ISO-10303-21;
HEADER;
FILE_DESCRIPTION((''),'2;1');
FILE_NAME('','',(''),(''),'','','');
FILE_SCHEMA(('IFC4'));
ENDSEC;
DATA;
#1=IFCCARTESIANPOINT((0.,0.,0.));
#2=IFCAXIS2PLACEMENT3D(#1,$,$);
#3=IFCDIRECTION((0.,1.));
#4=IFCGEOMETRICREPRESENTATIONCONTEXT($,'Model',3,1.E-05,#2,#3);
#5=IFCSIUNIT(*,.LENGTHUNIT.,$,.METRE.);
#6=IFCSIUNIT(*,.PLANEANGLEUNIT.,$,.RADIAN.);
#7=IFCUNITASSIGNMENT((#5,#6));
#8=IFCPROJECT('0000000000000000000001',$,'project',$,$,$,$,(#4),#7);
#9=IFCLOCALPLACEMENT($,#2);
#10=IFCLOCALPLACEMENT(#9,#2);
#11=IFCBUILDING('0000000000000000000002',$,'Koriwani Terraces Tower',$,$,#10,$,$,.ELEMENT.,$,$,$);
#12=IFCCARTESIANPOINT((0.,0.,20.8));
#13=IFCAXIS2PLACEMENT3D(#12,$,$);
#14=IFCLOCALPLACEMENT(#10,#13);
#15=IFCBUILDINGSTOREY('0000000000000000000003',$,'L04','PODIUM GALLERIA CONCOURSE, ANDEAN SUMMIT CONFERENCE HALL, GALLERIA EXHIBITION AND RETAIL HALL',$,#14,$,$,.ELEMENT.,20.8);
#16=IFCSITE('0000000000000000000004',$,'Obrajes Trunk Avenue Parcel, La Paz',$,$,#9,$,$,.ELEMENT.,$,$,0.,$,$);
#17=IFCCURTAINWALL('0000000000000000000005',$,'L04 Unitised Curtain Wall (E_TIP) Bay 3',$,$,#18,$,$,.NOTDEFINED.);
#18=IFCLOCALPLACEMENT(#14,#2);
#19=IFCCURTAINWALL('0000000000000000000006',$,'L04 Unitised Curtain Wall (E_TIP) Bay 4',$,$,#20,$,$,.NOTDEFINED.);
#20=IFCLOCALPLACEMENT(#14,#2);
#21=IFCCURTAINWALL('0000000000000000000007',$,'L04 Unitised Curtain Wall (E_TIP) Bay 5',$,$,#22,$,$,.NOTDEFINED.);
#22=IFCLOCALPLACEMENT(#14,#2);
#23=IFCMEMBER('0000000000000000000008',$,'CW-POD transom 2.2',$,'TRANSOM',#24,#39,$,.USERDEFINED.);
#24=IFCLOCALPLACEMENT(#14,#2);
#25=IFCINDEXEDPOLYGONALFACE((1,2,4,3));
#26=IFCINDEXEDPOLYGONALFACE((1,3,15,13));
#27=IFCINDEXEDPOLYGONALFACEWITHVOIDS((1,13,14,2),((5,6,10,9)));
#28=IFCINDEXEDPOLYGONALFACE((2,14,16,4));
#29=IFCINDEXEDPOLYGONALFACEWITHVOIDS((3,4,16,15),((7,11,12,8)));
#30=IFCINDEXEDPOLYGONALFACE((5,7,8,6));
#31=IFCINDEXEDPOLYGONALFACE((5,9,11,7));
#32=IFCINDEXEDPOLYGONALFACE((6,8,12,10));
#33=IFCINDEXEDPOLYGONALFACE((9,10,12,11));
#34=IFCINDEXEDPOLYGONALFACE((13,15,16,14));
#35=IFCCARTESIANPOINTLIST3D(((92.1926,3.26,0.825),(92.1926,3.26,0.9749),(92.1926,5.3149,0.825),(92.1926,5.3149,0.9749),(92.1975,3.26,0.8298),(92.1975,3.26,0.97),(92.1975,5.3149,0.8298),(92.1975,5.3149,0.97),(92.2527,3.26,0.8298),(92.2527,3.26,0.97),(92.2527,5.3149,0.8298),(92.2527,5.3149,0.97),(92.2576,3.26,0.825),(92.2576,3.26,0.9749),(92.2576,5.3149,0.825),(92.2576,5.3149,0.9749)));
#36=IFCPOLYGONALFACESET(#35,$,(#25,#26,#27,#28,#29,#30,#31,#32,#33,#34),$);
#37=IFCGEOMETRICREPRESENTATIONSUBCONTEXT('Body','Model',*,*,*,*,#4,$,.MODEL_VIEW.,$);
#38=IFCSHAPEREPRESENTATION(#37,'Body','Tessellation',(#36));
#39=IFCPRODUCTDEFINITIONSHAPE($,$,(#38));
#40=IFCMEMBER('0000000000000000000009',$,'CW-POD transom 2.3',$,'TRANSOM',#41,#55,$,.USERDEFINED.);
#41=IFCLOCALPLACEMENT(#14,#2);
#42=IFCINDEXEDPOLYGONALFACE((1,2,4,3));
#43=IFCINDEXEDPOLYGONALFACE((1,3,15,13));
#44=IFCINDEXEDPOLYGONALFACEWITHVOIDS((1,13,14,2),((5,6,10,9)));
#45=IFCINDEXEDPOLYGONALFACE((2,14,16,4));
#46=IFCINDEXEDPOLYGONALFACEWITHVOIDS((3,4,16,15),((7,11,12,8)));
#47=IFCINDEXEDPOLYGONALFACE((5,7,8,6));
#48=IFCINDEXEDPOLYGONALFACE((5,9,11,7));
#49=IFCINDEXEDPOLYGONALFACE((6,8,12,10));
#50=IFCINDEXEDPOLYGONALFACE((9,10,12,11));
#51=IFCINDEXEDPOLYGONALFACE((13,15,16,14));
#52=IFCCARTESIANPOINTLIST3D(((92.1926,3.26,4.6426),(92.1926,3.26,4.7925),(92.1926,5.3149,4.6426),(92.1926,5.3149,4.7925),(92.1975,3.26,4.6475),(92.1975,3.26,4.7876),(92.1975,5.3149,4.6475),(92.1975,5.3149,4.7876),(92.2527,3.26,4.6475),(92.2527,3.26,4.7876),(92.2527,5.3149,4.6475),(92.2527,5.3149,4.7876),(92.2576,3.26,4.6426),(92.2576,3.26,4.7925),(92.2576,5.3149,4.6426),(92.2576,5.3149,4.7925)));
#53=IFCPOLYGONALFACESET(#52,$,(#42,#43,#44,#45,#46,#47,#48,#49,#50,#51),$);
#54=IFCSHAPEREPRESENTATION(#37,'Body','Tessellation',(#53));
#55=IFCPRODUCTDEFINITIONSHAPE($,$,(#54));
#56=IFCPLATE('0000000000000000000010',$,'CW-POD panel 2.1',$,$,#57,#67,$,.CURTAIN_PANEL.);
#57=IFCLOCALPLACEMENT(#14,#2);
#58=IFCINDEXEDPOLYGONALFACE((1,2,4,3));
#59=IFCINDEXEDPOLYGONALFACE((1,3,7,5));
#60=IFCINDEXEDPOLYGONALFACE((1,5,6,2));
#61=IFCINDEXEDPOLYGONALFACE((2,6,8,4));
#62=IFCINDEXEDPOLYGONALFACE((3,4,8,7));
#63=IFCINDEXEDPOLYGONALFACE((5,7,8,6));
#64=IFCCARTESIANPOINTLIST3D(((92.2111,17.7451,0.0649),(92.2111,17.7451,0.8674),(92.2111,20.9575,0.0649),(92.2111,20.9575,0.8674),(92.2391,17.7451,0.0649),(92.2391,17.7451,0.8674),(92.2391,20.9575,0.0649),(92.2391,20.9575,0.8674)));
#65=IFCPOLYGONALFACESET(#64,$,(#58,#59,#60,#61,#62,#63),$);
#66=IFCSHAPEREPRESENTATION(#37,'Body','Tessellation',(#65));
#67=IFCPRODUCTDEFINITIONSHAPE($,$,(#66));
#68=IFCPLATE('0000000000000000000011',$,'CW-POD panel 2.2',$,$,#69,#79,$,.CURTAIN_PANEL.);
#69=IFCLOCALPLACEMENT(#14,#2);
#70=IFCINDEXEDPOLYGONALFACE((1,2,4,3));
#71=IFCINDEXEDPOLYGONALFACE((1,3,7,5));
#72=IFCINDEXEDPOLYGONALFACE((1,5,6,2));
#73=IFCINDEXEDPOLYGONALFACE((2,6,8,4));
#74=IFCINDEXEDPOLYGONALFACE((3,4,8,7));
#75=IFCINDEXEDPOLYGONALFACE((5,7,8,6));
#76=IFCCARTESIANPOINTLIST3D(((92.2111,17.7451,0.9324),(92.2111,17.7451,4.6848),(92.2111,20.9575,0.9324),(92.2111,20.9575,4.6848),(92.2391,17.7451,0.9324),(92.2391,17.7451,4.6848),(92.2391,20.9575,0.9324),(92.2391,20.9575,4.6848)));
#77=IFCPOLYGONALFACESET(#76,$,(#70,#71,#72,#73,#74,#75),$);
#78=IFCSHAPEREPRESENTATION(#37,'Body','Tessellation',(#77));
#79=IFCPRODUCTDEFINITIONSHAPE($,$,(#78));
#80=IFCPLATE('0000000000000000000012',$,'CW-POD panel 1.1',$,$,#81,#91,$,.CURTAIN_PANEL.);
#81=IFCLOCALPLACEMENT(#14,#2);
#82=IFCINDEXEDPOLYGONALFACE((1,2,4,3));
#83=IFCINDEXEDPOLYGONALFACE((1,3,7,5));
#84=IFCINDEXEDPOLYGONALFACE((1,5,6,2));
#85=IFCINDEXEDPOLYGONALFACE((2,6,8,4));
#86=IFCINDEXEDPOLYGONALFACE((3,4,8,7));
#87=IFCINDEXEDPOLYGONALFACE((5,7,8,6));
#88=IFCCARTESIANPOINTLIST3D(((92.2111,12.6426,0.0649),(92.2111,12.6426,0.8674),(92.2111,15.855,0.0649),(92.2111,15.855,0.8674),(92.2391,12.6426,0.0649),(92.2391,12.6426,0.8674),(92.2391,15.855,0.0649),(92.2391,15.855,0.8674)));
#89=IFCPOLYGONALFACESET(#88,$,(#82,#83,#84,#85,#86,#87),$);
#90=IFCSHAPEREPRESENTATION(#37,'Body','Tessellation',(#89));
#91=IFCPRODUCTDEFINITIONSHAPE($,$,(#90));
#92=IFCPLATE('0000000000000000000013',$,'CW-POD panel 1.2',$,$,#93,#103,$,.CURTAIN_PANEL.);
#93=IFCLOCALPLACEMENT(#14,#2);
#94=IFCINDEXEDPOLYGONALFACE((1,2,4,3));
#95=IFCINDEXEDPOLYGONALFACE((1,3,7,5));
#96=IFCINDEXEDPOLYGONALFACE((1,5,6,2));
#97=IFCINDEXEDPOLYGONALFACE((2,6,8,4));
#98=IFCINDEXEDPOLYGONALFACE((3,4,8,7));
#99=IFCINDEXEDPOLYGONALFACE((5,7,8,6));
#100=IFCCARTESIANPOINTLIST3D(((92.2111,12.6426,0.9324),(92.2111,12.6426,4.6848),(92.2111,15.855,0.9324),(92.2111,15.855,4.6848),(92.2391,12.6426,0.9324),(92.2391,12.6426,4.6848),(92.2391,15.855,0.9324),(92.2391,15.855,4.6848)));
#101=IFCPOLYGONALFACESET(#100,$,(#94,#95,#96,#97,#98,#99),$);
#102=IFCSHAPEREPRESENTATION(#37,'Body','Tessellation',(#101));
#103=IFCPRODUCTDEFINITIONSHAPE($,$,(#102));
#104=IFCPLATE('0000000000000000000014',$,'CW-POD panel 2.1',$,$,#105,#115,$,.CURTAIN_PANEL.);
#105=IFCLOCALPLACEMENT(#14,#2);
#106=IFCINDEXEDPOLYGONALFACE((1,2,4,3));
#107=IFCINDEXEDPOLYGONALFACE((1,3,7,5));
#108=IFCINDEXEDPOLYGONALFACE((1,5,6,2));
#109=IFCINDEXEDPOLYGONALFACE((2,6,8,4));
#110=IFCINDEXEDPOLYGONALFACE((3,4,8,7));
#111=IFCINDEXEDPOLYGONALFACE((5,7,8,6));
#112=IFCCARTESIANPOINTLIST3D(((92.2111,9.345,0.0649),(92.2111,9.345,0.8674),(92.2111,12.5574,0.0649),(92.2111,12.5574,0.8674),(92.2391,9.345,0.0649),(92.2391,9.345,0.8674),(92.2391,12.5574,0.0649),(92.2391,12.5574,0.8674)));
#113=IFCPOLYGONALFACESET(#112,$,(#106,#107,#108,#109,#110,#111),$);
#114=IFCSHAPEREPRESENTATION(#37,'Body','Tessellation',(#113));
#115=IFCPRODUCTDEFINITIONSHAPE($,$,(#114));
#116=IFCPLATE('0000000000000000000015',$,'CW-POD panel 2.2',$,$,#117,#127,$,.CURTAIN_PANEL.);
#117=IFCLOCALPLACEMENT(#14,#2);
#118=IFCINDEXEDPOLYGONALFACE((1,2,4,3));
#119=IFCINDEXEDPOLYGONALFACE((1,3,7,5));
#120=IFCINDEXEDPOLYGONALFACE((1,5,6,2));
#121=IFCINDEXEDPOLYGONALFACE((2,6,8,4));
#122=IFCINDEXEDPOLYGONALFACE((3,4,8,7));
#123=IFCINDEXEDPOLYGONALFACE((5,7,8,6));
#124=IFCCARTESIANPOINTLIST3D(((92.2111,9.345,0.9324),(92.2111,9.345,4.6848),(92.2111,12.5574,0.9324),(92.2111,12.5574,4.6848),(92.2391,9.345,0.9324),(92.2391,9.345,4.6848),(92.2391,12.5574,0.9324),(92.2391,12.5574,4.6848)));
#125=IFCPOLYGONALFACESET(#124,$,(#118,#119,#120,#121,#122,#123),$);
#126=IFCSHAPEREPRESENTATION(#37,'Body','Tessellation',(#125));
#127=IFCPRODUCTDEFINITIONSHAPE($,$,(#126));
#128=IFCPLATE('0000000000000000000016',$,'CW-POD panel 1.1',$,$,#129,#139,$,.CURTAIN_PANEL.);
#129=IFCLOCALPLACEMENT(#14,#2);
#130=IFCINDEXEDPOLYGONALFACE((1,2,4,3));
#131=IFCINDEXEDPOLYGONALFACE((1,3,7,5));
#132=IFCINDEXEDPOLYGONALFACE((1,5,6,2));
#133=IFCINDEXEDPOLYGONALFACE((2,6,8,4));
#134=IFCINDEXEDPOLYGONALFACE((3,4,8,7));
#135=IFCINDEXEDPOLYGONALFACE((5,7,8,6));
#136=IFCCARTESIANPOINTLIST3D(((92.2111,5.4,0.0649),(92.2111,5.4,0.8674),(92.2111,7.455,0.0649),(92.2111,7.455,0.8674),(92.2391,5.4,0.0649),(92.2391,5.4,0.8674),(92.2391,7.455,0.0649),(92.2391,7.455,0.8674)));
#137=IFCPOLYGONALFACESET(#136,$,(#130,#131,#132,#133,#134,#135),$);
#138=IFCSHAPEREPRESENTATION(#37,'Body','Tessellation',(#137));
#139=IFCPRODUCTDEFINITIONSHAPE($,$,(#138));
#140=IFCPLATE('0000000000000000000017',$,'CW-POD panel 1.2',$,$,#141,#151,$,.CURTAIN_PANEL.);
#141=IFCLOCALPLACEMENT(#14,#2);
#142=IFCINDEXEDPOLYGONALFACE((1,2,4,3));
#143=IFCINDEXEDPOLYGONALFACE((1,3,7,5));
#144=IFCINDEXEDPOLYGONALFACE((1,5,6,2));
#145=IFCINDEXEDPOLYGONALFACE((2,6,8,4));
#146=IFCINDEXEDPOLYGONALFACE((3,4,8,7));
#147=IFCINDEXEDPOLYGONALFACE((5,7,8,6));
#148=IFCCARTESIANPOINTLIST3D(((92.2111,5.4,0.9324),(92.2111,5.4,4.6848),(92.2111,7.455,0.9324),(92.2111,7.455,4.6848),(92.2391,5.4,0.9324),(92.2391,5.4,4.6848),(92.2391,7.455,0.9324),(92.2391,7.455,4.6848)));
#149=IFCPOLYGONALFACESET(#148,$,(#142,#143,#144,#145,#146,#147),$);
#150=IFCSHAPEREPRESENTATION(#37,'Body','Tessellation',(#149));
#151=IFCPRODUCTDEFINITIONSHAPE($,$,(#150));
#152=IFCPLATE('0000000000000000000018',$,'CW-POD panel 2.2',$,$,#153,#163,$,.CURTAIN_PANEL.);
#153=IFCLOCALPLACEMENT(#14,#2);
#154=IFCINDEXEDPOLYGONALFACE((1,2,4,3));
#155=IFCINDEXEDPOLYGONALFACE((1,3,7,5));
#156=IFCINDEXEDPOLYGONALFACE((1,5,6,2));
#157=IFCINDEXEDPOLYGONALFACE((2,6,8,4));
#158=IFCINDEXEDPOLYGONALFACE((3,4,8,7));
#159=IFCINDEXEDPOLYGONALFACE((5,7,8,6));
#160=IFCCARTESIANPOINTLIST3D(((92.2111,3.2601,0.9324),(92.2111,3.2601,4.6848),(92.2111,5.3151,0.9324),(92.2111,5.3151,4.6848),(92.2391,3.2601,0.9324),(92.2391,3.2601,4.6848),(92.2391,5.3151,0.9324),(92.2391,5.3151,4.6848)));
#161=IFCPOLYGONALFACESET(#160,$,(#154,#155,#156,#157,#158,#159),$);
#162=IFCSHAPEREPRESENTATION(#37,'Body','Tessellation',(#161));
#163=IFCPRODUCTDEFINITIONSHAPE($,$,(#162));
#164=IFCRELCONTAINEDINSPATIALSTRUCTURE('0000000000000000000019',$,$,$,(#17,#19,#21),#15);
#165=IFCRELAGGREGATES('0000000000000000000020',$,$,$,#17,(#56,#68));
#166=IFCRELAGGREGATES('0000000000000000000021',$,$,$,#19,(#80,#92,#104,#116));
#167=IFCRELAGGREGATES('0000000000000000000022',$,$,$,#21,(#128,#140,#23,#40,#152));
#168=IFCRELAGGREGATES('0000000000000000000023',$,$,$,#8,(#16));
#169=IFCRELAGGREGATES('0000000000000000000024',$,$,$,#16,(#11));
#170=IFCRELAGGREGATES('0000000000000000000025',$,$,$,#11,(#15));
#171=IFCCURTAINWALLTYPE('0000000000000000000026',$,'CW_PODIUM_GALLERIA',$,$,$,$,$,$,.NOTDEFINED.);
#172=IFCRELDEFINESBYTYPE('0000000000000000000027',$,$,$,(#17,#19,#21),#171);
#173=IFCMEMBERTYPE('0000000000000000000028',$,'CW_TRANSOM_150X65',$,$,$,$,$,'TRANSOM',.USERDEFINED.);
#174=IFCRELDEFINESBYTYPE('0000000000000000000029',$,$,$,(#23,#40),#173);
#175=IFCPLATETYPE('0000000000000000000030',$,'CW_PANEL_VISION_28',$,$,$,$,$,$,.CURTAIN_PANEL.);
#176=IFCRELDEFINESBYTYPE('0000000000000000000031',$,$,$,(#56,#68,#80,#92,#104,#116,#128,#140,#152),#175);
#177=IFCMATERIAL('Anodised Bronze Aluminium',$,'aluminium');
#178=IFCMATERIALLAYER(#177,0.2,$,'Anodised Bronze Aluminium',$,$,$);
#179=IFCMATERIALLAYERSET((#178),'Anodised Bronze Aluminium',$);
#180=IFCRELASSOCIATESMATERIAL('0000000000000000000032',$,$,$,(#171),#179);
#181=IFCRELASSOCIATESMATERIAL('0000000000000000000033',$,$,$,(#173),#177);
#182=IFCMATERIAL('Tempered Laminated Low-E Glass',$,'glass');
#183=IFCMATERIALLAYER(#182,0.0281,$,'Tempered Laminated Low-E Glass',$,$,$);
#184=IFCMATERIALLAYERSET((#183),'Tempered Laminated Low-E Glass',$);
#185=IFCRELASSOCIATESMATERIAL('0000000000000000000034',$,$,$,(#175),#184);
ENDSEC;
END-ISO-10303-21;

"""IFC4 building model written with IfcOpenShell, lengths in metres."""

from ifc_helpers import new_model, si_unit, direction, frame, origin, origin_2d, place, context, subcontext, project, spatial, rectangle, hollow_rectangle, extrude, material, layer, layer_set, material_profile, profile_set, type_object, element, aggregate, save


model = new_model("IFC4")

# Units and contexts
model_context = context("Model", 3, precision=1e-05, world=origin(), true_north=direction((0.0, 1.0)))
body_context = subcontext(model_context, "Body", "Model", "MODEL_VIEW")
ifc_project = project(units=[si_unit("LENGTHUNIT", "METRE"), si_unit("PLANEANGLEUNIT", "RADIAN")], contexts=[model_context])

# Site, building, storey
site_placement = place(None, origin())
site = spatial("IfcSite", under=ifc_project, at=site_placement, Name="Obrajes Trunk Avenue Parcel, La Paz", CompositionType="ELEMENT", RefElevation=0.0)
building_placement = place(site_placement, origin())
building = spatial("IfcBuilding", under=site, at=building_placement, Name="Koriwani Terraces Tower", CompositionType="ELEMENT")
storey_placement = place(building_placement, frame((0.0, 0.0, 20.8)))
storey = spatial("IfcBuildingStorey", under=building, at=storey_placement, Name="L04", Description="PODIUM GALLERIA CONCOURSE, ANDEAN SUMMIT CONFERENCE HALL, GALLERIA EXHIBITION AND RETAIL HALL", CompositionType="ELEMENT", Elevation=20.8)

# Curtain walls
ifc_material_1 = material(Name="Anodised Bronze Aluminium", Category="aluminium")
ifc_layer_1 = layer(ifc_material_1, 0.2, Name="Anodised Bronze Aluminium")
ifc_layer_set_1 = layer_set([ifc_layer_1], Name="Anodised Bronze Aluminium")
curtain_wall_type = type_object("IfcCurtainWallType", Name="CW_PODIUM_GALLERIA", PredefinedType="NOTDEFINED", material=ifc_layer_set_1)
curtain_wall_1_placement = place(storey_placement, origin())
curtain_wall_1 = element("IfcCurtainWall", 1, at=curtain_wall_1_placement, inside=storey, type_object=curtain_wall_type, Name="L04 Unitised Curtain Wall (E_TIP) Bay 3", PredefinedType="NOTDEFINED")
curtain_wall_2_placement = place(storey_placement, origin())
curtain_wall_2 = element("IfcCurtainWall", 2, at=curtain_wall_2_placement, inside=storey, type_object=curtain_wall_type, Name="L04 Unitised Curtain Wall (E_TIP) Bay 4", PredefinedType="NOTDEFINED")
curtain_wall_3_placement = place(storey_placement, origin())
curtain_wall_3 = element("IfcCurtainWall", 3, at=curtain_wall_3_placement, inside=storey, type_object=curtain_wall_type, Name="L04 Unitised Curtain Wall (E_TIP) Bay 5", PredefinedType="NOTDEFINED")

# Members
ifc_material_profile_1 = material_profile(ifc_material_1, hollow_rectangle(XDim=0.0649, YDim=0.1499, WallThickness=0.0049, at=origin_2d()), Name="Anodised Bronze Aluminium", Category="LoadBearing")
ifc_profile_set_1 = profile_set([ifc_material_profile_1], Name="Anodised Bronze Aluminium")
member_type_1 = type_object("IfcMemberType", Name="CW_TRANSOM_150X65", ElementType="TRANSOM", PredefinedType="USERDEFINED", material=ifc_profile_set_1)
member_1_placement = place(storey_placement, frame((92.2251, 5.3149, 0.8999), z_axis=(0.0, -1.0, 0.0), x_axis=(1.0, 0.0, 0.0)))
member_1 = element("IfcMember", 4, at=member_1_placement, type_object=member_type_1, Name="CW-POD transom 2.2", ObjectType="TRANSOM", PredefinedType="USERDEFINED", context=body_context, shape_type="SweptSolid", body=[
    extrude(hollow_rectangle(XDim=0.0649, YDim=0.1499, WallThickness=0.0049, at=origin_2d()), origin(), (0.0, 0.0, 1.0), 2.0549),
])
member_2_placement = place(storey_placement, frame((92.2251, 5.3149, 4.7175), z_axis=(0.0, -1.0, 0.0), x_axis=(1.0, 0.0, 0.0)))
member_2 = element("IfcMember", 5, at=member_2_placement, type_object=member_type_1, Name="CW-POD transom 2.3", ObjectType="TRANSOM", PredefinedType="USERDEFINED", context=body_context, shape_type="SweptSolid", body=[
    extrude(hollow_rectangle(XDim=0.0649, YDim=0.1499, WallThickness=0.0049, at=origin_2d()), origin(), (0.0, 0.0, 1.0), 2.0549),
])

# Plates
ifc_material_2 = material(Name="Tempered Laminated Low-E Glass", Category="glass")
ifc_layer_2 = layer(ifc_material_2, 0.0281, Name="Tempered Laminated Low-E Glass")
ifc_layer_set_2 = layer_set([ifc_layer_2], Name="Tempered Laminated Low-E Glass")
plate_type = type_object("IfcPlateType", Name="CW_PANEL_VISION_28", PredefinedType="CURTAIN_PANEL", material=ifc_layer_set_2)
plate_1_placement = place(storey_placement, frame((92.2251, 19.3513, 0.0649), z_axis=(0.0, 0.0, 1.0), x_axis=(0.0, -1.0, 0.0)))
plate_1 = element("IfcPlate", 6, at=plate_1_placement, type_object=plate_type, Name="CW-POD panel 2.1", PredefinedType="CURTAIN_PANEL", context=body_context, shape_type="SweptSolid", body=[
    extrude(rectangle(XDim=3.2124, YDim=0.0281, at=origin_2d()), origin(), (0.0, 0.0, 1.0), 0.8025),
])
plate_2_placement = place(storey_placement, frame((92.2251, 19.3513, 0.9324), z_axis=(0.0, 0.0, 1.0), x_axis=(0.0, -1.0, 0.0)))
plate_2 = element("IfcPlate", 7, at=plate_2_placement, type_object=plate_type, Name="CW-POD panel 2.2", PredefinedType="CURTAIN_PANEL", context=body_context, shape_type="SweptSolid", body=[
    extrude(rectangle(XDim=3.2124, YDim=0.0281, at=origin_2d()), origin(), (0.0, 0.0, 1.0), 3.7524),
])
aggregate(curtain_wall_1, [plate_1, plate_2])
plate_3_placement = place(storey_placement, frame((92.2251, 14.2488, 0.0649), z_axis=(0.0, 0.0, 1.0), x_axis=(0.0, -1.0, 0.0)))
plate_3 = element("IfcPlate", 8, at=plate_3_placement, type_object=plate_type, Name="CW-POD panel 1.1", PredefinedType="CURTAIN_PANEL", context=body_context, shape_type="SweptSolid", body=[
    extrude(rectangle(XDim=3.2124, YDim=0.0281, at=origin_2d()), origin(), (0.0, 0.0, 1.0), 0.8025),
])
plate_4_placement = place(storey_placement, frame((92.2251, 14.2488, 0.9324), z_axis=(0.0, 0.0, 1.0), x_axis=(0.0, -1.0, 0.0)))
plate_4 = element("IfcPlate", 9, at=plate_4_placement, type_object=plate_type, Name="CW-POD panel 1.2", PredefinedType="CURTAIN_PANEL", context=body_context, shape_type="SweptSolid", body=[
    extrude(rectangle(XDim=3.2124, YDim=0.0281, at=origin_2d()), origin(), (0.0, 0.0, 1.0), 3.7524),
])
plate_5_placement = place(storey_placement, frame((92.2251, 10.9512, 0.0649), z_axis=(0.0, 0.0, 1.0), x_axis=(0.0, -1.0, 0.0)))
plate_5 = element("IfcPlate", 10, at=plate_5_placement, type_object=plate_type, Name="CW-POD panel 2.1", PredefinedType="CURTAIN_PANEL", context=body_context, shape_type="SweptSolid", body=[
    extrude(rectangle(XDim=3.2124, YDim=0.0281, at=origin_2d()), origin(), (0.0, 0.0, 1.0), 0.8025),
])
plate_6_placement = place(storey_placement, frame((92.2251, 10.9512, 0.9324), z_axis=(0.0, 0.0, 1.0), x_axis=(0.0, -1.0, 0.0)))
plate_6 = element("IfcPlate", 11, at=plate_6_placement, type_object=plate_type, Name="CW-POD panel 2.2", PredefinedType="CURTAIN_PANEL", context=body_context, shape_type="SweptSolid", body=[
    extrude(rectangle(XDim=3.2124, YDim=0.0281, at=origin_2d()), origin(), (0.0, 0.0, 1.0), 3.7524),
])
aggregate(curtain_wall_2, [plate_3, plate_4, plate_5, plate_6])
plate_7_placement = place(storey_placement, frame((92.2251, 6.4275, 0.0649), z_axis=(0.0, 0.0, 1.0), x_axis=(0.0, -1.0, 0.0)))
plate_7 = element("IfcPlate", 12, at=plate_7_placement, type_object=plate_type, Name="CW-POD panel 1.1", PredefinedType="CURTAIN_PANEL", context=body_context, shape_type="SweptSolid", body=[
    extrude(rectangle(XDim=2.0549, YDim=0.0281, at=origin_2d()), origin(), (0.0, 0.0, 1.0), 0.8025),
])
plate_8_placement = place(storey_placement, frame((92.2251, 6.4275, 0.9324), z_axis=(0.0, 0.0, 1.0), x_axis=(0.0, -1.0, 0.0)))
plate_8 = element("IfcPlate", 13, at=plate_8_placement, type_object=plate_type, Name="CW-POD panel 1.2", PredefinedType="CURTAIN_PANEL", context=body_context, shape_type="SweptSolid", body=[
    extrude(rectangle(XDim=2.0549, YDim=0.0281, at=origin_2d()), origin(), (0.0, 0.0, 1.0), 3.7524),
])
plate_9_placement = place(storey_placement, frame((92.2251, 4.2876, 0.9324), z_axis=(0.0, 0.0, 1.0), x_axis=(0.0, -1.0, 0.0)))
plate_9 = element("IfcPlate", 14, at=plate_9_placement, type_object=plate_type, Name="CW-POD panel 2.2", PredefinedType="CURTAIN_PANEL", context=body_context, shape_type="SweptSolid", body=[
    extrude(rectangle(XDim=2.0549, YDim=0.0281, at=origin_2d()), origin(), (0.0, 0.0, 1.0), 3.7524),
])
aggregate(curtain_wall_3, [plate_7, plate_8, member_1, member_2, plate_9])

save(model, "model.ifc")
